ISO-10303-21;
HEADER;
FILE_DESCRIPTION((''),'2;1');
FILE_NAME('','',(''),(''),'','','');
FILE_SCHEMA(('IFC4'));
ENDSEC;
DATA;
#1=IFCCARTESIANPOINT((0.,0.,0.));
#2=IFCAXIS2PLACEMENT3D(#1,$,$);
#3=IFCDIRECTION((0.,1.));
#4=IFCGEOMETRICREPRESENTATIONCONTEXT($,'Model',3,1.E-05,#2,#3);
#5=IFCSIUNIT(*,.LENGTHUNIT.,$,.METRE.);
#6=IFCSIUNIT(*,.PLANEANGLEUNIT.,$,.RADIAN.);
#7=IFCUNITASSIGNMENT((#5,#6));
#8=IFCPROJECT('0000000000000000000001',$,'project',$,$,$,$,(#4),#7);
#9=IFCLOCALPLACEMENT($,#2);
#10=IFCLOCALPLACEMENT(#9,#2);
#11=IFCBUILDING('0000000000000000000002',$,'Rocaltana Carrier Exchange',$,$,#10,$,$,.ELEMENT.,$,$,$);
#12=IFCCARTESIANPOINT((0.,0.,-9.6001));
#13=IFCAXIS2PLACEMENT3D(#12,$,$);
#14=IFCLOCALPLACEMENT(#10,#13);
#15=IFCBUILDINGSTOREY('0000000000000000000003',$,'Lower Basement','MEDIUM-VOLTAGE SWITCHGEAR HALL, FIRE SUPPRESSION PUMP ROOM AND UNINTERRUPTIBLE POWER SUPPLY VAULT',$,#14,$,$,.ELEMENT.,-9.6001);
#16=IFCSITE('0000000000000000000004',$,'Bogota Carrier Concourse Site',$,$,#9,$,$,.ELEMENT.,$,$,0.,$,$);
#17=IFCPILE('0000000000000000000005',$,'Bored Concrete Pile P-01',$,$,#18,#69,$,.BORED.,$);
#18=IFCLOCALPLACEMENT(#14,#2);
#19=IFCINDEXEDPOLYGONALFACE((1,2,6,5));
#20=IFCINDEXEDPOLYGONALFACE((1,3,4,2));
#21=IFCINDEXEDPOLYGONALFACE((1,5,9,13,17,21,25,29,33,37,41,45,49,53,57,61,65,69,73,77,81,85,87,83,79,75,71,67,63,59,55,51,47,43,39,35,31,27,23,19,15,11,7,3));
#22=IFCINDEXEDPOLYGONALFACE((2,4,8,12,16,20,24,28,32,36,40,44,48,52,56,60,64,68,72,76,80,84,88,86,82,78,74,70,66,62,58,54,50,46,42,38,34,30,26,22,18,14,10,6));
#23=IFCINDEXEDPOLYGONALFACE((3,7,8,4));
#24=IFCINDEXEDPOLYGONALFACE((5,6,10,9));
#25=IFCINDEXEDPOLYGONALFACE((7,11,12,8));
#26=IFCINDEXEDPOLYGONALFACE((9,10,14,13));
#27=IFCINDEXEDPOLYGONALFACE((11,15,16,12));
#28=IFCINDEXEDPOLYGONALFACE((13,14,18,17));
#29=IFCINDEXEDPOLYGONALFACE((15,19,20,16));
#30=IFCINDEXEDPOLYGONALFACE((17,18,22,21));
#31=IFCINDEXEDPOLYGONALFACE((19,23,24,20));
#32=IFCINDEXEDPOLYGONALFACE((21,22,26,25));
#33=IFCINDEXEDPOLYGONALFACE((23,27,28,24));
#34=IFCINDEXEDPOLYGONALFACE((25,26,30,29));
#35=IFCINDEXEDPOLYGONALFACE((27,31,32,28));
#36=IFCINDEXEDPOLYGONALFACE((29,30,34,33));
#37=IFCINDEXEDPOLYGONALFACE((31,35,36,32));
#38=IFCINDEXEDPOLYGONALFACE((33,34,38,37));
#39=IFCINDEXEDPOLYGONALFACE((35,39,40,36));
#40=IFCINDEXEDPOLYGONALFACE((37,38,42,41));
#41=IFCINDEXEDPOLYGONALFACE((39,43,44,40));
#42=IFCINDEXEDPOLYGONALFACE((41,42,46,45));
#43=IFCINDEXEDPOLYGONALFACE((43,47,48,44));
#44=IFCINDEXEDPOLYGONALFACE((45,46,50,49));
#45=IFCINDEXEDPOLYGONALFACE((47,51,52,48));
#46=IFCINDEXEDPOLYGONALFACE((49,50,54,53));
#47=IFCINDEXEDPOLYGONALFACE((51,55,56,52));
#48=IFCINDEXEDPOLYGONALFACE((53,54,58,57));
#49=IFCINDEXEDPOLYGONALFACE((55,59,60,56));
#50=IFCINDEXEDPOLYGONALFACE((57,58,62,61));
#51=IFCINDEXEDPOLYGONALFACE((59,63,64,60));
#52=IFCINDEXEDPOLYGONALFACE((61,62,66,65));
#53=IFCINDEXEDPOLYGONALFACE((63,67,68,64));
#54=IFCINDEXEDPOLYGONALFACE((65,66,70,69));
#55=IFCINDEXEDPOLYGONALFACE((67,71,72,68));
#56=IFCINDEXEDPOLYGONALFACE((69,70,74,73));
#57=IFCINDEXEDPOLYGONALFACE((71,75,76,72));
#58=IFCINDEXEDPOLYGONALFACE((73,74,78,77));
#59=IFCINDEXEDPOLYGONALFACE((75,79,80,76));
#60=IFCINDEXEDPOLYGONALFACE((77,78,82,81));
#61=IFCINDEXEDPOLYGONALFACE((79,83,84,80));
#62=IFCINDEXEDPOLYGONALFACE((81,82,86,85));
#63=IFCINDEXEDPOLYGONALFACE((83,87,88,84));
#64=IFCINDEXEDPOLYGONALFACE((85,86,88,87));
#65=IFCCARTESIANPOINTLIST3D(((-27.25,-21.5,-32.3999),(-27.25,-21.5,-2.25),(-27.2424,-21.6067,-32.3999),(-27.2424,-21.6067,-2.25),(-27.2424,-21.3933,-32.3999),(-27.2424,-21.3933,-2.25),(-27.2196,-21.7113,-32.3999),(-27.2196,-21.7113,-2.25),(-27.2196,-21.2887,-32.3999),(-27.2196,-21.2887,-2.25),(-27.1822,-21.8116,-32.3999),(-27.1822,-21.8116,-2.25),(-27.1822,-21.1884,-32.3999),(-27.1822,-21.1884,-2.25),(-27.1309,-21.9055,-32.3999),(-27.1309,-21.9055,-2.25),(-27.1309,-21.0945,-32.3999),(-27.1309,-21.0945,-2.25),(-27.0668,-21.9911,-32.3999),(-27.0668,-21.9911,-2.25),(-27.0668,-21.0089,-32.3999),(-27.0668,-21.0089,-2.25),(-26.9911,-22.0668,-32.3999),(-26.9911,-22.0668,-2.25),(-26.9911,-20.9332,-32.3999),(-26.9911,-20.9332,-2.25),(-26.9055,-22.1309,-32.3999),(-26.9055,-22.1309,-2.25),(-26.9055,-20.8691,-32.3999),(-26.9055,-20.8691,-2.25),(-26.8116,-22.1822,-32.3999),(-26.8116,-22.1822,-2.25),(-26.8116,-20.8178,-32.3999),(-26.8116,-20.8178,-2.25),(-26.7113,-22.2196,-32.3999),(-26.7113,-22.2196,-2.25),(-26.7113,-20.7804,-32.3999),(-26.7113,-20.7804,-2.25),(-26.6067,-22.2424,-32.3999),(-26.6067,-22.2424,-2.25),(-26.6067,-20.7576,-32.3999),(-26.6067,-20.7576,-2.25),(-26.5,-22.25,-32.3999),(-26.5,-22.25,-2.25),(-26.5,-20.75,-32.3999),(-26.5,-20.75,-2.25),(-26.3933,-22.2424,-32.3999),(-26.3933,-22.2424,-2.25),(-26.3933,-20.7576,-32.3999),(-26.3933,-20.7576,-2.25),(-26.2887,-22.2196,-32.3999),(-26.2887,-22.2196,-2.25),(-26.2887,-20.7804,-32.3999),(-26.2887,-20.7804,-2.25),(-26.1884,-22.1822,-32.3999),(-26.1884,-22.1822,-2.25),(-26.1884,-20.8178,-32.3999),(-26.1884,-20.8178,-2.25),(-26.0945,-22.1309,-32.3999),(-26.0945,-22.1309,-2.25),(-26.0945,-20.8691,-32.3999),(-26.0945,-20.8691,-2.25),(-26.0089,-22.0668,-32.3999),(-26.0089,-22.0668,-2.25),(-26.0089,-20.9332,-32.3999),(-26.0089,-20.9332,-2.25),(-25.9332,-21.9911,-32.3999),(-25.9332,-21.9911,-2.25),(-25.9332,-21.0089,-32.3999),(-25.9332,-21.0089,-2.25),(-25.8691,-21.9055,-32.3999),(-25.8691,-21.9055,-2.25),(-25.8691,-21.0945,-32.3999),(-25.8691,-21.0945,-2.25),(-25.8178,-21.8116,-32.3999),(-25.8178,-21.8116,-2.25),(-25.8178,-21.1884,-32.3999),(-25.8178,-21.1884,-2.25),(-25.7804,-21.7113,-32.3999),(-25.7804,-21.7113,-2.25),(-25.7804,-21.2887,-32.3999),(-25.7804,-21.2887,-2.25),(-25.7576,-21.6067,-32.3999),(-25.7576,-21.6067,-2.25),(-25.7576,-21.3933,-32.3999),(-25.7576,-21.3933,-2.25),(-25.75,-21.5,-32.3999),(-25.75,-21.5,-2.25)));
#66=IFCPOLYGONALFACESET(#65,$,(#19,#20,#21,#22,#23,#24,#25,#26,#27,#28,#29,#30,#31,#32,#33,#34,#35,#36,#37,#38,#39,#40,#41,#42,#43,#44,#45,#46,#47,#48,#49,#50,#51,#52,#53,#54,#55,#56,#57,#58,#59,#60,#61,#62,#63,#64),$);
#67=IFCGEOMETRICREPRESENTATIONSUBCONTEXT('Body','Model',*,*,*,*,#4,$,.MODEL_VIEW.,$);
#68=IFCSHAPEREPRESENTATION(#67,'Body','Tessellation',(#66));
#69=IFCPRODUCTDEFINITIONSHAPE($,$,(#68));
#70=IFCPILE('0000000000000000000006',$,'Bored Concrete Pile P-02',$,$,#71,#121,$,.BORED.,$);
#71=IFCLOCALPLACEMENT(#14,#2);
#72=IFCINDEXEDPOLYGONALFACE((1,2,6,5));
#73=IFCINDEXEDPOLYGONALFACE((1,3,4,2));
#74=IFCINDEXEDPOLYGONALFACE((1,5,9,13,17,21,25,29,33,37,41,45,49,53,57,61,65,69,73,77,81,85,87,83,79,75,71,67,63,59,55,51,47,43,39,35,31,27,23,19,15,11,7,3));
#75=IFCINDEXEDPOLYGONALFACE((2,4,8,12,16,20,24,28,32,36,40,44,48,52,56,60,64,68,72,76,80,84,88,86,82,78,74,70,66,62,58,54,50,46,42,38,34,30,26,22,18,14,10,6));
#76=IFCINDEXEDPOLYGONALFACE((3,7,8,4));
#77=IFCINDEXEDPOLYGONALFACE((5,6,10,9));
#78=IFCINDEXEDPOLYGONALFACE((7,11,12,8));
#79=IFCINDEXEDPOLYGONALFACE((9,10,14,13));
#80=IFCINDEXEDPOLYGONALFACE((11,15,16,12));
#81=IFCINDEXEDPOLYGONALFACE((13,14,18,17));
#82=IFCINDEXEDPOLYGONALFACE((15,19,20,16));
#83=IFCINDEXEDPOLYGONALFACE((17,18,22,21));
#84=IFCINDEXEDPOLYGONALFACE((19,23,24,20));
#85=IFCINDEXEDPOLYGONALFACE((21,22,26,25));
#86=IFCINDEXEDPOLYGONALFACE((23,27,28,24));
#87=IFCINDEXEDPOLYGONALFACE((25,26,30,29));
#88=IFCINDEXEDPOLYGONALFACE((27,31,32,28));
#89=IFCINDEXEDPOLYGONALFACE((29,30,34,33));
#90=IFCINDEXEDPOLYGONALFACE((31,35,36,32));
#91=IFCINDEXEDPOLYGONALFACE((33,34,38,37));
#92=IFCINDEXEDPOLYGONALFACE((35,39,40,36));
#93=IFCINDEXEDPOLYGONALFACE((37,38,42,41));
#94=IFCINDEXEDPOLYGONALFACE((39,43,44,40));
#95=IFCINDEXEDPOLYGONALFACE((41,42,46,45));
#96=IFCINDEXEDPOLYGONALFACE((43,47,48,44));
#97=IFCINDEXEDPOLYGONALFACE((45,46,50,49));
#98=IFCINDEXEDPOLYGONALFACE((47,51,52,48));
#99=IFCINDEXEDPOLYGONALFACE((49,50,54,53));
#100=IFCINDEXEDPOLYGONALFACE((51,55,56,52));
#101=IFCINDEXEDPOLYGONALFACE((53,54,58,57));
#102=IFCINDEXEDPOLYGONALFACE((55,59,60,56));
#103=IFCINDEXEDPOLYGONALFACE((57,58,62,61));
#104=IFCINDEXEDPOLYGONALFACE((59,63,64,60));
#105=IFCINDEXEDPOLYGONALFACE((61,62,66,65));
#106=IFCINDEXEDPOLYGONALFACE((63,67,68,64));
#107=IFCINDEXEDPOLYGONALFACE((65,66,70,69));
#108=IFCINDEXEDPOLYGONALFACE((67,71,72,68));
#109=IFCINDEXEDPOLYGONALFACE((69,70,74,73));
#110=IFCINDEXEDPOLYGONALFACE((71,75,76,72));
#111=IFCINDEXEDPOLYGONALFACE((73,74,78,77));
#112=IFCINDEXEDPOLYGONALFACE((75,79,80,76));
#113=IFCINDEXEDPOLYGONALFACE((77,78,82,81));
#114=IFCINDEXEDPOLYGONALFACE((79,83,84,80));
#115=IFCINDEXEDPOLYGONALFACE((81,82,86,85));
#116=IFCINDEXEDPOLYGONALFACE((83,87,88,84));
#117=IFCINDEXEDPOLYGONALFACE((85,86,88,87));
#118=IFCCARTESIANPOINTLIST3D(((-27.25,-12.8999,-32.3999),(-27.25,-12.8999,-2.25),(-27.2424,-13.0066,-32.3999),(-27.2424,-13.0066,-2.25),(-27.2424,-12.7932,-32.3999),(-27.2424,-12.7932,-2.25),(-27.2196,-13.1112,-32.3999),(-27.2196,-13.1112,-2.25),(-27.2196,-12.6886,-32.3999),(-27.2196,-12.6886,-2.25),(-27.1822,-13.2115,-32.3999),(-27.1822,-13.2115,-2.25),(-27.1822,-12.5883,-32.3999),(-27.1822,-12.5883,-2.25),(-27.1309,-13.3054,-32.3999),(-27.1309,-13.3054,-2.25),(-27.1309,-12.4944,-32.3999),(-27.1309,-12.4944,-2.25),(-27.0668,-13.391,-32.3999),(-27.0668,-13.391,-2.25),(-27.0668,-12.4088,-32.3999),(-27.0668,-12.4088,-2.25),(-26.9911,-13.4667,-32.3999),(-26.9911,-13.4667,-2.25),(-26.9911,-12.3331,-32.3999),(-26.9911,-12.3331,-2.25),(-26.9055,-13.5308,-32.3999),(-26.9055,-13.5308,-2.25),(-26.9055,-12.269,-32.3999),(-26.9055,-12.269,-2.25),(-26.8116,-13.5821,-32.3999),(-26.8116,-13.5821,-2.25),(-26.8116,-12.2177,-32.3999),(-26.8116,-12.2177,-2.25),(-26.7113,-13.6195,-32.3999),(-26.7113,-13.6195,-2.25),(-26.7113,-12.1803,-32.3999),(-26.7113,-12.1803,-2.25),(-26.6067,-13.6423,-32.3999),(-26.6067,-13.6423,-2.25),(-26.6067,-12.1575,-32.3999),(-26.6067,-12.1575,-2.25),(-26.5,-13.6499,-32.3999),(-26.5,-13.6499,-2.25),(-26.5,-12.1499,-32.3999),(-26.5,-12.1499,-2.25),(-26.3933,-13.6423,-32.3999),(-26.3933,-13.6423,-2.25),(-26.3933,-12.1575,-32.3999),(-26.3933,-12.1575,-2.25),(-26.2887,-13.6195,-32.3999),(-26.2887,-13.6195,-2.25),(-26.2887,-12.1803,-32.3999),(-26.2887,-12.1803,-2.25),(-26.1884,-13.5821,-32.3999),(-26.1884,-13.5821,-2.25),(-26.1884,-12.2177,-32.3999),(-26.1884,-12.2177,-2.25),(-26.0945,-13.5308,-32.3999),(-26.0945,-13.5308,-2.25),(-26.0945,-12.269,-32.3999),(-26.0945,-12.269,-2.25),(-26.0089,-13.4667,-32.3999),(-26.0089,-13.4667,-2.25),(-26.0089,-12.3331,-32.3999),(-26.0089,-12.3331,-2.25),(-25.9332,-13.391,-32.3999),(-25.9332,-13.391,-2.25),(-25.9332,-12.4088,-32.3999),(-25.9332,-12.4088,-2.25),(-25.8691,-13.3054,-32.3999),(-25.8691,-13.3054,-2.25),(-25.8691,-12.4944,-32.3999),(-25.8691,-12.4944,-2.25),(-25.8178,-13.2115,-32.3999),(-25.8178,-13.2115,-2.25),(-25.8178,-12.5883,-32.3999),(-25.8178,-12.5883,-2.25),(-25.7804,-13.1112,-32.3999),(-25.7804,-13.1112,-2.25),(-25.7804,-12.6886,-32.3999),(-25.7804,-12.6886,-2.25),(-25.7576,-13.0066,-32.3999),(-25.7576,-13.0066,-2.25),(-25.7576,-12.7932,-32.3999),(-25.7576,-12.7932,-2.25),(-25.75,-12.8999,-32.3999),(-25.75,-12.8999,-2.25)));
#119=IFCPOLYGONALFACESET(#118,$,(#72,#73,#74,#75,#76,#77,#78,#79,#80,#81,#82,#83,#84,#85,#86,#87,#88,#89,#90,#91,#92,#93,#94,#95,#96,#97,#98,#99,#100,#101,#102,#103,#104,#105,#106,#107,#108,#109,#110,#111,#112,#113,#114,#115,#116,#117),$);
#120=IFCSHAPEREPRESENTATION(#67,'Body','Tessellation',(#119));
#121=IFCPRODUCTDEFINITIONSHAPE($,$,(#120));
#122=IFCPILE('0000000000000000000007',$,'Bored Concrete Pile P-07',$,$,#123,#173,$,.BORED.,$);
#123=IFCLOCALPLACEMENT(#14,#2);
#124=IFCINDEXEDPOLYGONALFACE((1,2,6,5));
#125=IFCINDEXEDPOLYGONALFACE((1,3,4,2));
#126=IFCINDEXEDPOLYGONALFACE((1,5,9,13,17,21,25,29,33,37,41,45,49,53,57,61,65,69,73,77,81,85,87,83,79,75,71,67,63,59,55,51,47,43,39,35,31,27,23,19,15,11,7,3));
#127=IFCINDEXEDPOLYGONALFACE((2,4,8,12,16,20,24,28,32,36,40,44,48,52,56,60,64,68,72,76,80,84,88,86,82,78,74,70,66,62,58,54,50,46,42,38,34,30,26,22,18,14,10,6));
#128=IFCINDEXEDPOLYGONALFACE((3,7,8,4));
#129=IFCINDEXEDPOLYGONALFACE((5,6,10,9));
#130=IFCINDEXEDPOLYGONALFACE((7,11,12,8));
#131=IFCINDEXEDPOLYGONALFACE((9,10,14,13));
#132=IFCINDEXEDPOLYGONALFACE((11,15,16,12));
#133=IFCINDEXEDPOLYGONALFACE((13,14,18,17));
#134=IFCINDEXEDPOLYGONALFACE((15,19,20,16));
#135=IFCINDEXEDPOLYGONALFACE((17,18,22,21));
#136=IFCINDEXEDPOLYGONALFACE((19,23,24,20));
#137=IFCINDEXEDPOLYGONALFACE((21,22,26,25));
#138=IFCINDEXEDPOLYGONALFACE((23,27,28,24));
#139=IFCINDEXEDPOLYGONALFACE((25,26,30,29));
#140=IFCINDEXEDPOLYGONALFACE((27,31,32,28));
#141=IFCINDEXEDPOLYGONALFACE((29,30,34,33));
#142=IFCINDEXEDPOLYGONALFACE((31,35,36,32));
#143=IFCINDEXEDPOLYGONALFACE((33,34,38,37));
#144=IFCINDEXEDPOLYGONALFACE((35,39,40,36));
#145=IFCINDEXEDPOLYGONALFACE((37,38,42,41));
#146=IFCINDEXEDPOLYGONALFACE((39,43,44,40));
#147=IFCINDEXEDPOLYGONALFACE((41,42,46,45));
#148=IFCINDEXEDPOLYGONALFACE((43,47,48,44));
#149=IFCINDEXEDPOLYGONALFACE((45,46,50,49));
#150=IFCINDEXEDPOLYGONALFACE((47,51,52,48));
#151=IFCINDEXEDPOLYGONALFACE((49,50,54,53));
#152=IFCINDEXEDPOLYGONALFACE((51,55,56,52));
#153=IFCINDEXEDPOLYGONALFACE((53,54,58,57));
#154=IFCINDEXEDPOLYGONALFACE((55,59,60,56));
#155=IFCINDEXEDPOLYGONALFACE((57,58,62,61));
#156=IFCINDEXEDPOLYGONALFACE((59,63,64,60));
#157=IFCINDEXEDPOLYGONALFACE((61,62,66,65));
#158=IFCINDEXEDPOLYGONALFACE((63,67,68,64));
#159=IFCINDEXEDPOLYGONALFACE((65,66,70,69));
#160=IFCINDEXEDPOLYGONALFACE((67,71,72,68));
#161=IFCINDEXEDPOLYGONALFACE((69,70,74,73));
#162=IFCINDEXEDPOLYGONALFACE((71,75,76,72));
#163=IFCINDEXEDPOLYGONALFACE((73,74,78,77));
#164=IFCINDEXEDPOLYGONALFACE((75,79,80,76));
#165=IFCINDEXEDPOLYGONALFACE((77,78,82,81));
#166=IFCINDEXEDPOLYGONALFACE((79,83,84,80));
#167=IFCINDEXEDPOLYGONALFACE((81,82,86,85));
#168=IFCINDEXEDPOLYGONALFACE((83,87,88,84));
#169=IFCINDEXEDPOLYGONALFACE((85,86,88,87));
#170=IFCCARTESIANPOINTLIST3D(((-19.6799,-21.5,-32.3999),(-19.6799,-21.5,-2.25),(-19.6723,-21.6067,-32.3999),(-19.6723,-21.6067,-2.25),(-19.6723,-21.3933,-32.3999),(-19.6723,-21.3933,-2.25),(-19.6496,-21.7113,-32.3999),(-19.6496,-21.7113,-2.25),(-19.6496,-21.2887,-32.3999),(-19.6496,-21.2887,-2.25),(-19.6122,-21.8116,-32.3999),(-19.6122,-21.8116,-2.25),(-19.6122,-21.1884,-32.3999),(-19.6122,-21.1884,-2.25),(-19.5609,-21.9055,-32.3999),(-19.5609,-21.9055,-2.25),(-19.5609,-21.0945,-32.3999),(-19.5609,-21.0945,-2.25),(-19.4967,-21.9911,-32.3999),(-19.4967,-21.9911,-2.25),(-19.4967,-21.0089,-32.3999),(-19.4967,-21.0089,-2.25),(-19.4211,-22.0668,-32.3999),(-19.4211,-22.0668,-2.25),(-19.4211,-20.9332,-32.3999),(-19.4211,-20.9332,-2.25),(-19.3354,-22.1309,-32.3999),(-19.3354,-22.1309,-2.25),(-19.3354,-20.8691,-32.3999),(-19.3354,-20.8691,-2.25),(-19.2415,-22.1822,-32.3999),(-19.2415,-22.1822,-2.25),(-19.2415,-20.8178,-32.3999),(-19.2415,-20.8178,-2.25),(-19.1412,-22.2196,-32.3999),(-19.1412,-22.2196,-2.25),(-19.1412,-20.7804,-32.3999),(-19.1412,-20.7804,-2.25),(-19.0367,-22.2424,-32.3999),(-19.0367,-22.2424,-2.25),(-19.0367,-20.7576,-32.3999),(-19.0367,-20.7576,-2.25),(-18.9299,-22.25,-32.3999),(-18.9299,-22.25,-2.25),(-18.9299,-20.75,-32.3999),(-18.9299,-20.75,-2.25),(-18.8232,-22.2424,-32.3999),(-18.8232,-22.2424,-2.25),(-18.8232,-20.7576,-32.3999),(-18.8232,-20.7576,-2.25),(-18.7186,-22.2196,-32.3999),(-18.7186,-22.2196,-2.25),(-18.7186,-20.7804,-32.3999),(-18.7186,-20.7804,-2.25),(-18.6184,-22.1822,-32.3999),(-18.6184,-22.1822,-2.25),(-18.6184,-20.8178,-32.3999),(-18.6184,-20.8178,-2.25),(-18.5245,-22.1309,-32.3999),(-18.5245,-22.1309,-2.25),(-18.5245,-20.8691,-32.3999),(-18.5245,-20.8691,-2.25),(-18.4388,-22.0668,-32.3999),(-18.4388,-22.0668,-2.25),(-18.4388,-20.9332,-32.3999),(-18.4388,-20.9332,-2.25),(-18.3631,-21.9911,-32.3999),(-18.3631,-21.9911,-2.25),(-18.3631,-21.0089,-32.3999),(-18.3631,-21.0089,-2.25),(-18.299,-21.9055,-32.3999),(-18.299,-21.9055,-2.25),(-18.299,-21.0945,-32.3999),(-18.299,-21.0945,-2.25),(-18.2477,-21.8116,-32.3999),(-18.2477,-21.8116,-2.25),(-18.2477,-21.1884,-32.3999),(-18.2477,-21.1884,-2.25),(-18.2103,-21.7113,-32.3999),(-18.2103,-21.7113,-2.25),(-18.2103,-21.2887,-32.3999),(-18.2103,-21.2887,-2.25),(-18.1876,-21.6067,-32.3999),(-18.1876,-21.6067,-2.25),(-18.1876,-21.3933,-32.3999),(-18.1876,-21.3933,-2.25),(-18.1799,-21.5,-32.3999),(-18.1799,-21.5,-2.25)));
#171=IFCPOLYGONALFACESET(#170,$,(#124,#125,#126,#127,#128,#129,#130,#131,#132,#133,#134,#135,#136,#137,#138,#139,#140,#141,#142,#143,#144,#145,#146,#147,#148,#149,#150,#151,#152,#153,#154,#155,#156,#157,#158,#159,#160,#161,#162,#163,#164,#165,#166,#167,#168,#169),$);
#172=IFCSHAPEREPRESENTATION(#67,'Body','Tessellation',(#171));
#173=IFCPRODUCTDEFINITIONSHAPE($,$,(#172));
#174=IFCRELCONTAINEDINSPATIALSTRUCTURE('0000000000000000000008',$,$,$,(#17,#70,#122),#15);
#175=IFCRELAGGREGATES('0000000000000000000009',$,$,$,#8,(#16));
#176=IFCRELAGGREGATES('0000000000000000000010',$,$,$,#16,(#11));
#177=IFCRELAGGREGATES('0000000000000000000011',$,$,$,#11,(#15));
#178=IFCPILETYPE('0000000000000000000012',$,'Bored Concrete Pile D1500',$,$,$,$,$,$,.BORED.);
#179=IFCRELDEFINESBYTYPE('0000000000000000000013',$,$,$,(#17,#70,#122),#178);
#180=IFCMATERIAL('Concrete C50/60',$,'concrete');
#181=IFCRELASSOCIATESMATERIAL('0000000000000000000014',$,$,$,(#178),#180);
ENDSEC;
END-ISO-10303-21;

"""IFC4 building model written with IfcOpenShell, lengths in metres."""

from ifc_helpers import new_model, si_unit, direction, frame, origin, origin_2d, place, context, subcontext, project, spatial, circle, extrude, material, material_profile, profile_set, type_object, element, save


model = new_model("IFC4")

# Units and contexts
model_context = context("Model", 3, precision=1e-05, world=origin(), true_north=direction((0.0, 1.0)))
body_context = subcontext(model_context, "Body", "Model", "MODEL_VIEW")
ifc_project = project(units=[si_unit("LENGTHUNIT", "METRE"), si_unit("PLANEANGLEUNIT", "RADIAN")], contexts=[model_context])

# Site, building, storey
site_placement = place(None, origin())
site = spatial("IfcSite", under=ifc_project, at=site_placement, Name="Bogota Carrier Concourse Site", CompositionType="ELEMENT", RefElevation=0.0)
building_placement = place(site_placement, origin())
building = spatial("IfcBuilding", under=site, at=building_placement, Name="Rocaltana Carrier Exchange", CompositionType="ELEMENT")
storey_placement = place(building_placement, frame((0.0, 0.0, -9.6001)))
storey = spatial("IfcBuildingStorey", under=building, at=storey_placement, Name="Lower Basement", Description="MEDIUM-VOLTAGE SWITCHGEAR HALL, FIRE SUPPRESSION PUMP ROOM AND UNINTERRUPTIBLE POWER SUPPLY VAULT", CompositionType="ELEMENT", Elevation=-9.6001)

# Piles
ifc_material_1 = material(Name="Concrete C50/60", Category="concrete")
ifc_material_profile_1 = material_profile(ifc_material_1, circle(Radius=0.75, at=origin_2d()), Name="PILE-D1500")
ifc_profile_set_1 = profile_set([ifc_material_profile_1], Name="Concrete C50/60")
pile_type = type_object("IfcPileType", Name="Bored Concrete Pile D1500", PredefinedType="BORED", material=ifc_profile_set_1)
for number, where, z_axis, x_axis, name in (
    (1, (-26.5, -21.5, -2.25), (0.0, 0.0, -1.0), (1.0, 0.0, 0.0), "Bored Concrete Pile P-01"),
    (2, (-26.5, -12.8999, -2.25), (0.0, 0.0, -1.0), (1.0, 0.0, 0.0), "Bored Concrete Pile P-02"),
    (3, (-18.9299, -21.5, -2.25), (0.0, 0.0, -1.0), (1.0, 0.0, 0.0), "Bored Concrete Pile P-07"),
):
    element("IfcPile", number, at=place(storey_placement, frame(where, z_axis=z_axis, x_axis=x_axis)), inside=storey, type_object=pile_type, Name=name, PredefinedType="BORED", context=body_context, shape_type="SweptSolid", body=[
        extrude(circle(Radius=0.75, at=origin_2d()), origin(), (0.0, 0.0, 1.0), 30.1499),
    ])

save(model, "model.ifc")
